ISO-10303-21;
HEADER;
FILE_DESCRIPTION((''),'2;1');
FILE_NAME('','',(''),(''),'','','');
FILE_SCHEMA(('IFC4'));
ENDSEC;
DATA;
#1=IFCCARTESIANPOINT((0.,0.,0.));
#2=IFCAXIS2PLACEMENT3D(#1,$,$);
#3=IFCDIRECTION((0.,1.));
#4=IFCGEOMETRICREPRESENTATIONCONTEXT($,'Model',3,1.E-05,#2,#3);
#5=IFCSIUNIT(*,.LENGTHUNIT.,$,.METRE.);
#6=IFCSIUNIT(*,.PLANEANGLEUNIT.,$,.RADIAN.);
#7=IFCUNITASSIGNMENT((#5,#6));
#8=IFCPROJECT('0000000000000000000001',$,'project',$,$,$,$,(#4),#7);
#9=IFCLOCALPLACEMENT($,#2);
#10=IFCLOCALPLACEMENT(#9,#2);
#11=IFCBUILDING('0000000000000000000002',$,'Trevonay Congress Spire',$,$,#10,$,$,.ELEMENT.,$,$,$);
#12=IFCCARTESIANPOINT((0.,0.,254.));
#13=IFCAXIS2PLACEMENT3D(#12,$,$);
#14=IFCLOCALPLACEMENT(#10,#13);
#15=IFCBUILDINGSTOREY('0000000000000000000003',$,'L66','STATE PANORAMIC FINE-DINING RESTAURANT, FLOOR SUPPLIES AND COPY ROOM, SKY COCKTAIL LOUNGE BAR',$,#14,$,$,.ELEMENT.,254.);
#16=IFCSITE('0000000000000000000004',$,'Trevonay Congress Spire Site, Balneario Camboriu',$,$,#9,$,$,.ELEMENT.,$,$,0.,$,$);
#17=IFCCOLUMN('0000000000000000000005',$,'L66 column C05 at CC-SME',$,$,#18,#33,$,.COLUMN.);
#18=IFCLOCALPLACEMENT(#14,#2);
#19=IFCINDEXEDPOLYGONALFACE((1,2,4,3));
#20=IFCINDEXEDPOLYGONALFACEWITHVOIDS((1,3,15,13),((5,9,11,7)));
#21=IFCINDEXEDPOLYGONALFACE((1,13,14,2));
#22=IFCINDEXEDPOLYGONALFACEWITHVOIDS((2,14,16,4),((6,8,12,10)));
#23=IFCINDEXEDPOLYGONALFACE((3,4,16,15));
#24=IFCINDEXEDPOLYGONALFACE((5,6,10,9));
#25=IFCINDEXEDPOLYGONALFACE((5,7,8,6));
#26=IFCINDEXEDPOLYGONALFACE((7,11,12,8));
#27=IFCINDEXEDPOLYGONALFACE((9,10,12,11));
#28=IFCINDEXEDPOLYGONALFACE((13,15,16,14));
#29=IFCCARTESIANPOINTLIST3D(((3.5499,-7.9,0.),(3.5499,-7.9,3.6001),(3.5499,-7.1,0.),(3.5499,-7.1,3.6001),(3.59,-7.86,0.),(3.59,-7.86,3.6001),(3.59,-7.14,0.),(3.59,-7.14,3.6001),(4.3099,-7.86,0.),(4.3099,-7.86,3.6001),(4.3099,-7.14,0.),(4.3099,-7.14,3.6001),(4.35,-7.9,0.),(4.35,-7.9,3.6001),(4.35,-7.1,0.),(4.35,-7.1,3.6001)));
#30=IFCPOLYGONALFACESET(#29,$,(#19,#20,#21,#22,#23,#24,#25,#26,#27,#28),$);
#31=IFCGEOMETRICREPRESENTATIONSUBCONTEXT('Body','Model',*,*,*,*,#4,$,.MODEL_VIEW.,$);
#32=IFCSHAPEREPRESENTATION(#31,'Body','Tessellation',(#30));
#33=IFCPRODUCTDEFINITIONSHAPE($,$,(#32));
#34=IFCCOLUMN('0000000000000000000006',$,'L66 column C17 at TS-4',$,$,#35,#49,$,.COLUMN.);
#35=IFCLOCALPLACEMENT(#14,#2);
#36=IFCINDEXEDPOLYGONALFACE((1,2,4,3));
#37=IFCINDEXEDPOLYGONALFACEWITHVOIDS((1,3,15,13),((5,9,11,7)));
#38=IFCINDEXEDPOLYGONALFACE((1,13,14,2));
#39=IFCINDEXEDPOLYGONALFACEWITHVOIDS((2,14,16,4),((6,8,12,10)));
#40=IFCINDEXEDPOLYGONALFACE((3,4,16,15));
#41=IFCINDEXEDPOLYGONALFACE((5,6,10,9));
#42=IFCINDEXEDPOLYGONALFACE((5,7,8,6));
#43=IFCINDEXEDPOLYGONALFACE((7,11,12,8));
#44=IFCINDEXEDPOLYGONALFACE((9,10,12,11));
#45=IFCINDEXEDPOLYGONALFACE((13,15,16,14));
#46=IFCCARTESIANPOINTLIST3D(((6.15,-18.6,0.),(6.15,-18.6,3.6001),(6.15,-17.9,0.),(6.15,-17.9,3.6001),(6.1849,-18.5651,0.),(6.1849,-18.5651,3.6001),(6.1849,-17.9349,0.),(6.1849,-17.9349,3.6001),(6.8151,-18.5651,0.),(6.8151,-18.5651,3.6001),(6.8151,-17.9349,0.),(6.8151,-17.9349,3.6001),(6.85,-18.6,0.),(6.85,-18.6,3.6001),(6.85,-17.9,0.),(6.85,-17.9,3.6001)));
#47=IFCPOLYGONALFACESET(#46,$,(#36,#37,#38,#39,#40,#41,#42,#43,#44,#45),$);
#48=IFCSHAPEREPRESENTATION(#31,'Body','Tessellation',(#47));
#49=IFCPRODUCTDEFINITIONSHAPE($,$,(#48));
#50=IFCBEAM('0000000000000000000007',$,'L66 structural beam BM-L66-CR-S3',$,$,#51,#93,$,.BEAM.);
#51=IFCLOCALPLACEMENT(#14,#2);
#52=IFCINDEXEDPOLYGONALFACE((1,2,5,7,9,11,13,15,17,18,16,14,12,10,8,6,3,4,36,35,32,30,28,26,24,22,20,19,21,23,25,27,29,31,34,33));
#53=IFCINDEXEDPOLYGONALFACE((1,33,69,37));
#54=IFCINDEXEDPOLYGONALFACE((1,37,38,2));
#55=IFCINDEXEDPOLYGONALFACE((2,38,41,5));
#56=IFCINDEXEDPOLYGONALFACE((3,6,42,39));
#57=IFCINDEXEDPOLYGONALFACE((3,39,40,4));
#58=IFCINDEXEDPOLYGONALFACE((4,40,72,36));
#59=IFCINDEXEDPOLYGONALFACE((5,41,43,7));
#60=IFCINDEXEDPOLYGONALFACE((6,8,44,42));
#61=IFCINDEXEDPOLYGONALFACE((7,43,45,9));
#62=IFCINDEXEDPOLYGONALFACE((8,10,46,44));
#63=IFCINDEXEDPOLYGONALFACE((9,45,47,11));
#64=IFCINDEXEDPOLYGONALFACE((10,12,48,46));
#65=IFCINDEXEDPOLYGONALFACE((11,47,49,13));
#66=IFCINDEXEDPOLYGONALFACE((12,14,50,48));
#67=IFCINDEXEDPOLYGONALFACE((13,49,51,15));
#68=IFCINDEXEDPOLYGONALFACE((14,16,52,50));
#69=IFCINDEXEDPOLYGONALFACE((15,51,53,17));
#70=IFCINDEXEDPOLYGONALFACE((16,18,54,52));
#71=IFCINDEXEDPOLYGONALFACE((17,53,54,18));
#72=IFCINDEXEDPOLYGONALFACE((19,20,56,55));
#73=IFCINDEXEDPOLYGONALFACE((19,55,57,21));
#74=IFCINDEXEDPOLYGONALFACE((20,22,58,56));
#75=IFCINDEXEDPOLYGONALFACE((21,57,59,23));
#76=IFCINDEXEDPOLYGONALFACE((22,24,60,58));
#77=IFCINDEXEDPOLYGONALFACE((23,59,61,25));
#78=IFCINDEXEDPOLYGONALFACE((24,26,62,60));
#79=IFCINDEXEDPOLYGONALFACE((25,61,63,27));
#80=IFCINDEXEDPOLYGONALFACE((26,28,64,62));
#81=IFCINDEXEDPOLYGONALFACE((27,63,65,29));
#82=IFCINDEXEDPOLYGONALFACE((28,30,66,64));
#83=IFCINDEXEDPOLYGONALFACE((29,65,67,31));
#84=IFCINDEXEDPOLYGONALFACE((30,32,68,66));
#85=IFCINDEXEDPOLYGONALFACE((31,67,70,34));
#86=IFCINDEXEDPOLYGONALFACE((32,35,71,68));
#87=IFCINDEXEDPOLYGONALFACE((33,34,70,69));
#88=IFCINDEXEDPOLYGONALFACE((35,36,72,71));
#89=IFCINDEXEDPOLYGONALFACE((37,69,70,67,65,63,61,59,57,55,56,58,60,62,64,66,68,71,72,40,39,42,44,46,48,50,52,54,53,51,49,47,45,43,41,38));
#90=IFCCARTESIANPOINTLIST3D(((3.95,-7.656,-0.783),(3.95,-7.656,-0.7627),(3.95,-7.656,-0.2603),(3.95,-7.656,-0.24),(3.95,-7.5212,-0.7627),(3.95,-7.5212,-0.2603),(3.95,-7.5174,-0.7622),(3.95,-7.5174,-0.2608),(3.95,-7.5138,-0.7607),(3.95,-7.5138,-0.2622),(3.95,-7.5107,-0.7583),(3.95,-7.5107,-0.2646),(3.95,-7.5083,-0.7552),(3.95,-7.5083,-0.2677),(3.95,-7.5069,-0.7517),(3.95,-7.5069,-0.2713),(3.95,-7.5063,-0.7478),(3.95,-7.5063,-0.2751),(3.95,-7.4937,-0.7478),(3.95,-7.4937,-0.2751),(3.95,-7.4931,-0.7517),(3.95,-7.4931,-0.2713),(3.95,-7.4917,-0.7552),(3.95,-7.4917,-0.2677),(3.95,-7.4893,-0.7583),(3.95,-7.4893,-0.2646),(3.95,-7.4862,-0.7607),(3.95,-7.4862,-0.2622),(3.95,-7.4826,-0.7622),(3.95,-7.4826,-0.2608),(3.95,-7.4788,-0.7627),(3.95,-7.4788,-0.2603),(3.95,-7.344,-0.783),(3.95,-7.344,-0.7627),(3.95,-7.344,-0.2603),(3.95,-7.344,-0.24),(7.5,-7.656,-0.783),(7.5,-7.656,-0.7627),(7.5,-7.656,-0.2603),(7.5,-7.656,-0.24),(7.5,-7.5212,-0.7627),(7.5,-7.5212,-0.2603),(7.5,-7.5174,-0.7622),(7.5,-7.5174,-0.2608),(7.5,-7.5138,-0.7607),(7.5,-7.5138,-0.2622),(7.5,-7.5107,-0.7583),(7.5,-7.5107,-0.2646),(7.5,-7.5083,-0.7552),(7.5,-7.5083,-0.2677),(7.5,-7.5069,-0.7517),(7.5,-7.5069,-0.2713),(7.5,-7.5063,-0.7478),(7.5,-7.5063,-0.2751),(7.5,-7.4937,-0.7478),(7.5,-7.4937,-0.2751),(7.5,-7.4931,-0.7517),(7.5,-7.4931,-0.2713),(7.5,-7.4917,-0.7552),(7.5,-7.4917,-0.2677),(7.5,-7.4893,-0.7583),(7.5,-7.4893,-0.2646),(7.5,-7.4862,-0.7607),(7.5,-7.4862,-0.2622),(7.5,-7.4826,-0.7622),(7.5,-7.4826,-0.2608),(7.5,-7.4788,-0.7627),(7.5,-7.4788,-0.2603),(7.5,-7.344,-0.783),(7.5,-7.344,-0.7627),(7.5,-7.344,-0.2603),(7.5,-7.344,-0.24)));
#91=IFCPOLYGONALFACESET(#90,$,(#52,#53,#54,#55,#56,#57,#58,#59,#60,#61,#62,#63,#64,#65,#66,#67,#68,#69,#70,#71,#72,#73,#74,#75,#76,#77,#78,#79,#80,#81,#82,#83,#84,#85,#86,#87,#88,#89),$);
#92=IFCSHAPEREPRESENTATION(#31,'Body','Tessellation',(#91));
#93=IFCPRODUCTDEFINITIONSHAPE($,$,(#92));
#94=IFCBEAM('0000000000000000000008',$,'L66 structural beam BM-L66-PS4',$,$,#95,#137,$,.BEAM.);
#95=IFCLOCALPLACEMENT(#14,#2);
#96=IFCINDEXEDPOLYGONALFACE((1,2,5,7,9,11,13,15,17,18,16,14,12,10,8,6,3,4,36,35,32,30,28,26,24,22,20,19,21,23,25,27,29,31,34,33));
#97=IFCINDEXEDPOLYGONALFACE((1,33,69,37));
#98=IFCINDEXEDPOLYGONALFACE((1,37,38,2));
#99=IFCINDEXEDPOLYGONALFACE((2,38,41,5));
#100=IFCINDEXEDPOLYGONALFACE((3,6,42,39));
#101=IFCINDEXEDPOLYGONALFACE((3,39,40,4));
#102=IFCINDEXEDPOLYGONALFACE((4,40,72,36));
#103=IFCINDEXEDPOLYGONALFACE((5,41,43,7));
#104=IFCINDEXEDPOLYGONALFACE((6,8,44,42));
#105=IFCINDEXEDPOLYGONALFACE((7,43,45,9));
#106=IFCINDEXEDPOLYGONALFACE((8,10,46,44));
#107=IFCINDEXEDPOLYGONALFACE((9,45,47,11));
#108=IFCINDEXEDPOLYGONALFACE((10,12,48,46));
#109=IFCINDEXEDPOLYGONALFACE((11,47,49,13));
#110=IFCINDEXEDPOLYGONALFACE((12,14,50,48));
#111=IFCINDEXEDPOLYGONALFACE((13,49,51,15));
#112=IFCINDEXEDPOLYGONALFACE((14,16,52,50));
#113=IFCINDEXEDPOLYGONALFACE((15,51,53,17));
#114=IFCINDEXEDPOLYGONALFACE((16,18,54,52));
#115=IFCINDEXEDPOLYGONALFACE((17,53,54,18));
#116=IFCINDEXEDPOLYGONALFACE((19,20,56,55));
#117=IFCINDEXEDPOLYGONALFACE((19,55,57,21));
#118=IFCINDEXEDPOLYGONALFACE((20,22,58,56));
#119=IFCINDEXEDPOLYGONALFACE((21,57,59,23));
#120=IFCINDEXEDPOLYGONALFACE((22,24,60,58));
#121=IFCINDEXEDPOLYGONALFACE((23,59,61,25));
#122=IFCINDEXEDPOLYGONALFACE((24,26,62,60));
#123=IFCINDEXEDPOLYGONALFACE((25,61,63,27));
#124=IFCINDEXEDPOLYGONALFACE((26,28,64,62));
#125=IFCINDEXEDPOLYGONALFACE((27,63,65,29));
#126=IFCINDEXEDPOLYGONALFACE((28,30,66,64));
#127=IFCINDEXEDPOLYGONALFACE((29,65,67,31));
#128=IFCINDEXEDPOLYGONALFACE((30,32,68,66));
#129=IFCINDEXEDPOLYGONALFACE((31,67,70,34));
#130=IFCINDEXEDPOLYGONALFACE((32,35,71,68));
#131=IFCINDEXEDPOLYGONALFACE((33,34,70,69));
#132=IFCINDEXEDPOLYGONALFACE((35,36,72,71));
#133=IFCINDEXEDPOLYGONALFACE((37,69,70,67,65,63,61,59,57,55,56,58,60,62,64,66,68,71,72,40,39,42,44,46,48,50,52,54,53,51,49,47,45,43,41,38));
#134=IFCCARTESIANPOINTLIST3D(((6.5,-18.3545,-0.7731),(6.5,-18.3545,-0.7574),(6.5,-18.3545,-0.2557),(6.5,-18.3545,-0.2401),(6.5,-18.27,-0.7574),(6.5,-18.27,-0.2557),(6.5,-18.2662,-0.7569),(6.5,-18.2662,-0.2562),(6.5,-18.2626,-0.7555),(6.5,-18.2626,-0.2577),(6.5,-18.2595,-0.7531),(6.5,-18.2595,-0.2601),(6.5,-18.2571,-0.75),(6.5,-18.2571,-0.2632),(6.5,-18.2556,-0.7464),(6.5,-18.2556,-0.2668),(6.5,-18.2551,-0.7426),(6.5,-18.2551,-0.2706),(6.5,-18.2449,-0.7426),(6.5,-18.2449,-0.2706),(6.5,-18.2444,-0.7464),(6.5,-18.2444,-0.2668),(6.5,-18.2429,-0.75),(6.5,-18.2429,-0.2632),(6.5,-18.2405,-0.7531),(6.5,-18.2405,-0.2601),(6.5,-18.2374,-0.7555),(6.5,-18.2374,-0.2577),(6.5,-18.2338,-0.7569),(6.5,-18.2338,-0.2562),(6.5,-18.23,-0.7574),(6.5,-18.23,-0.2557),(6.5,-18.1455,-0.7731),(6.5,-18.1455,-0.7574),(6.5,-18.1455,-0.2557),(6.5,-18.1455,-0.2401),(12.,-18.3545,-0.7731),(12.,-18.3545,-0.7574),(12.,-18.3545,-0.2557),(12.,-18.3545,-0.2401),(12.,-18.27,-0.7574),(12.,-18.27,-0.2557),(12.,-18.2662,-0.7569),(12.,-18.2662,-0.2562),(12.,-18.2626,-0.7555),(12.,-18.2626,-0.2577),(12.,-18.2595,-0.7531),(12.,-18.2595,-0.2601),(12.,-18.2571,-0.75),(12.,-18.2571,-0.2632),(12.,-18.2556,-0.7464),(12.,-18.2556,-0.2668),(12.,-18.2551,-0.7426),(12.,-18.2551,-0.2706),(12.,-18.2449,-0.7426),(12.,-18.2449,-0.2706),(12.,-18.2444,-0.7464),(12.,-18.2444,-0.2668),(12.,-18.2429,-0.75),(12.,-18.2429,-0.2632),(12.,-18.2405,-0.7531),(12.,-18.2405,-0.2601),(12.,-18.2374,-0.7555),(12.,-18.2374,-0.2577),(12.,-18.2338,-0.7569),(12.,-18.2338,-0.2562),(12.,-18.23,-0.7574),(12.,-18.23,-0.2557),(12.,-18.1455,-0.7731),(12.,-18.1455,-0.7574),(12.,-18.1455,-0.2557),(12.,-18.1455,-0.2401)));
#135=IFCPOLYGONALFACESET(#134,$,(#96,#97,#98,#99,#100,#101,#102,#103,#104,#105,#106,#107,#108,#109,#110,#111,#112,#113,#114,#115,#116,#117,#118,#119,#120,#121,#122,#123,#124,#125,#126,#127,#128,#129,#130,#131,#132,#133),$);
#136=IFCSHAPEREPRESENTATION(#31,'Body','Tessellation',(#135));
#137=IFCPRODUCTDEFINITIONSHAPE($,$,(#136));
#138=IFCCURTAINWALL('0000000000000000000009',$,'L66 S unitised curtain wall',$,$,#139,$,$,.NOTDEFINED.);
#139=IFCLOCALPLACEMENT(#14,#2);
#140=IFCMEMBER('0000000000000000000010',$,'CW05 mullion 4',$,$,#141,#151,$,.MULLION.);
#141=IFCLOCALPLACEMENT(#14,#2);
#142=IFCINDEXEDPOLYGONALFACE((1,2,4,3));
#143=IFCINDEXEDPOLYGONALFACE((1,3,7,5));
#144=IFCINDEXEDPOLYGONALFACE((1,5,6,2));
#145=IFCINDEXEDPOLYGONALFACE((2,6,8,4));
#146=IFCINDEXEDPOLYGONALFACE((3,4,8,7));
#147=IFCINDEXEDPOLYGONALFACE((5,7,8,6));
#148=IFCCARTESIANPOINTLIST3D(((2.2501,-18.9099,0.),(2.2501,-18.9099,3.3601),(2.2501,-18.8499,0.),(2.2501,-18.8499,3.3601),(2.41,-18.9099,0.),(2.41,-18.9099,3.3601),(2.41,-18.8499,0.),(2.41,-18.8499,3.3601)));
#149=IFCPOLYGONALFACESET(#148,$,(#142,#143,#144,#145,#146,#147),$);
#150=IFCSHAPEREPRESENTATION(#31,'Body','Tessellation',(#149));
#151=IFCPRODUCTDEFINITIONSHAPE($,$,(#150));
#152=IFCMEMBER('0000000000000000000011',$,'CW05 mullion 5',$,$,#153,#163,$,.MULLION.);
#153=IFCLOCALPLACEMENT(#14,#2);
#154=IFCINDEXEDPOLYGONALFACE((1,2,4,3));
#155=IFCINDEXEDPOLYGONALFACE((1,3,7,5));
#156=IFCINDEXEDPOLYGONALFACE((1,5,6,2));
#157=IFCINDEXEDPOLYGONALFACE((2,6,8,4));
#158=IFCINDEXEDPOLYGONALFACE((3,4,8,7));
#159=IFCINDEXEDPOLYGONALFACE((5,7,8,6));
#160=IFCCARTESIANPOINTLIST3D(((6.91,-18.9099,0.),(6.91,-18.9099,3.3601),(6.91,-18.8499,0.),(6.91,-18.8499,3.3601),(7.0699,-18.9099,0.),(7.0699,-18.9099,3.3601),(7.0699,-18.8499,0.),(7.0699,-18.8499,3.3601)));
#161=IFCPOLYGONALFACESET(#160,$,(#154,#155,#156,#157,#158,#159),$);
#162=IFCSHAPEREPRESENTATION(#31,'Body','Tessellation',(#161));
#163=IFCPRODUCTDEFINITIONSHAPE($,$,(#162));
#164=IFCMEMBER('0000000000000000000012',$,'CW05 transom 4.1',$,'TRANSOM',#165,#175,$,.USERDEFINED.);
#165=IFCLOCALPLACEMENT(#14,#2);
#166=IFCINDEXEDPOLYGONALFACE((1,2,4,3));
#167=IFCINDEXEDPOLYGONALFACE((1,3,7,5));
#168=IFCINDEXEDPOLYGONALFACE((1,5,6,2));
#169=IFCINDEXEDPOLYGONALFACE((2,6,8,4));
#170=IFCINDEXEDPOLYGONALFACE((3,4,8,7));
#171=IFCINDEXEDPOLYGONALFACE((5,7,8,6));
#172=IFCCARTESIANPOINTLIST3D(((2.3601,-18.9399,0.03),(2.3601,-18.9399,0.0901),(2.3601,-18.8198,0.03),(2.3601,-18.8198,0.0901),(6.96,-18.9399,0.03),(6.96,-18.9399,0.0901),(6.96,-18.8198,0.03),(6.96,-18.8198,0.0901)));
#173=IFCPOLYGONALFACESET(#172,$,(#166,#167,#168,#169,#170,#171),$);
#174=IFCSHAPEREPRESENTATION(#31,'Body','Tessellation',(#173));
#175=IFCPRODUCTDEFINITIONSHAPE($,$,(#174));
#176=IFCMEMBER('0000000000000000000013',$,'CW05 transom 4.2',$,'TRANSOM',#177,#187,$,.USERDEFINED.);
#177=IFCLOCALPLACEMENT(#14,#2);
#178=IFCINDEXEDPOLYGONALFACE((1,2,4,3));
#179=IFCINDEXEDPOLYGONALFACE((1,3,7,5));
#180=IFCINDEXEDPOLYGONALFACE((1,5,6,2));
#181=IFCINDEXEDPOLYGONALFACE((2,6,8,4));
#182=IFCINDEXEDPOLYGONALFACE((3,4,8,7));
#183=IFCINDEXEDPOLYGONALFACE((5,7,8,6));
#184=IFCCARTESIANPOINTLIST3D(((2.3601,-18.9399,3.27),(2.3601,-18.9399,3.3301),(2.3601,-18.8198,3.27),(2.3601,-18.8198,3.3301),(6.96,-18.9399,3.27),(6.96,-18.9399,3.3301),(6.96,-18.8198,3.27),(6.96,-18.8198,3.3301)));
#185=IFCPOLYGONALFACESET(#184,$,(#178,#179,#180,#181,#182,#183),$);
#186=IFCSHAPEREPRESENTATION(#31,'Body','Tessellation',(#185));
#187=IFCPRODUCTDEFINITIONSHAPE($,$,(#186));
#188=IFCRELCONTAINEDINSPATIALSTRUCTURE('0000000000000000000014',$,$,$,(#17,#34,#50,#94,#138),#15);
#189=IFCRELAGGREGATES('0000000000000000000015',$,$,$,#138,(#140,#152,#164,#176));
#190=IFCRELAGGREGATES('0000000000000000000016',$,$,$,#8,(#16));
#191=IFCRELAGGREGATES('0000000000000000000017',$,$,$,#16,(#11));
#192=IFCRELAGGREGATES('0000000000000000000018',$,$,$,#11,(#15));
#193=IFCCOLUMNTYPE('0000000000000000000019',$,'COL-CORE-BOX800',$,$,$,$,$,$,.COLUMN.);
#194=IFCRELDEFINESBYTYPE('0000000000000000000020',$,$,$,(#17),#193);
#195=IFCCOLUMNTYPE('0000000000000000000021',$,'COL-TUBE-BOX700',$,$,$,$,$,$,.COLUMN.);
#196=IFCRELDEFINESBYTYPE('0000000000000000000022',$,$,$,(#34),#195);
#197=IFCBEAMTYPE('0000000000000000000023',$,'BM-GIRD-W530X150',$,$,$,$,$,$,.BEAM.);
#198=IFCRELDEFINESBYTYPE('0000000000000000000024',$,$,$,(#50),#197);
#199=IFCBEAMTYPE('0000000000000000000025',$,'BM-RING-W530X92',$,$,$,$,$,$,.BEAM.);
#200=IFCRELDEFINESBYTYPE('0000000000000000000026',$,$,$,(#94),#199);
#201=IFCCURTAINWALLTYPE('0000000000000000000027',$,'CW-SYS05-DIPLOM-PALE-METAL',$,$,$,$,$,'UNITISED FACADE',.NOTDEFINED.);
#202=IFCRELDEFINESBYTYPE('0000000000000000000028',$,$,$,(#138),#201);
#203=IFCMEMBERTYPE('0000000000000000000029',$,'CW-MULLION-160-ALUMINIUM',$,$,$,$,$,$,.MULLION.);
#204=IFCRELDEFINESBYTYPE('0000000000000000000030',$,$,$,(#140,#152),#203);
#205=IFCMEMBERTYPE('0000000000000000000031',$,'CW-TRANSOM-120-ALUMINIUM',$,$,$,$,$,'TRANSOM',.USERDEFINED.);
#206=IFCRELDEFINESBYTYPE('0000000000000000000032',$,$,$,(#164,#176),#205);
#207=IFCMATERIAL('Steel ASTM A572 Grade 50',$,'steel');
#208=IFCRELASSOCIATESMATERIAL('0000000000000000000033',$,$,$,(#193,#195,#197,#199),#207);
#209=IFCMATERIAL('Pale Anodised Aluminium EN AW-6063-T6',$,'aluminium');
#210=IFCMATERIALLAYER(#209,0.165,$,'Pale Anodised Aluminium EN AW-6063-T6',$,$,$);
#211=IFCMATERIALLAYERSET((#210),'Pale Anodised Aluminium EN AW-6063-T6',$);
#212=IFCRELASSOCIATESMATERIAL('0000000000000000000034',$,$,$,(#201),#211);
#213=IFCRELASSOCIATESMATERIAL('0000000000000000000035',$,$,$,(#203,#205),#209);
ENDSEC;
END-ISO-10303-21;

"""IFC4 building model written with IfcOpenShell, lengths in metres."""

from ifc_helpers import new_model, si_unit, direction, frame, origin, origin_2d, place, context, subcontext, project, spatial, rectangle, hollow_rectangle, i_section, extrude, material, layer, layer_set, material_profile, profile_set, type_object, element, aggregate, save


model = new_model("IFC4")

# Units and contexts
model_context = context("Model", 3, precision=1e-05, world=origin(), true_north=direction((0.0, 1.0)))
body_context = subcontext(model_context, "Body", "Model", "MODEL_VIEW")
ifc_project = project(units=[si_unit("LENGTHUNIT", "METRE"), si_unit("PLANEANGLEUNIT", "RADIAN")], contexts=[model_context])

# Site, building, storey
site_placement = place(None, origin())
site = spatial("IfcSite", under=ifc_project, at=site_placement, Name="Trevonay Congress Spire Site, Balneario Camboriu", CompositionType="ELEMENT", RefElevation=0.0)
building_placement = place(site_placement, origin())
building = spatial("IfcBuilding", under=site, at=building_placement, Name="Trevonay Congress Spire", CompositionType="ELEMENT")
storey_placement = place(building_placement, frame((0.0, 0.0, 254.0)))
storey = spatial("IfcBuildingStorey", under=building, at=storey_placement, Name="L66", Description="STATE PANORAMIC FINE-DINING RESTAURANT, FLOOR SUPPLIES AND COPY ROOM, SKY COCKTAIL LOUNGE BAR", CompositionType="ELEMENT", Elevation=254.0)

# Columns
ifc_material_1 = material(Name="Steel ASTM A572 Grade 50", Category="steel")
ifc_material_profile_1 = material_profile(ifc_material_1, hollow_rectangle(XDim=0.8, YDim=0.8, WallThickness=0.04, at=origin_2d()), Name="BOX 800x800x40")
ifc_profile_set_1 = profile_set([ifc_material_profile_1], Name="Steel ASTM A572 Grade 50")
column_type_1 = type_object("IfcColumnType", Name="COL-CORE-BOX800", PredefinedType="COLUMN", material=ifc_profile_set_1)
column_1_placement = place(storey_placement, frame((3.95, -7.5, 0.0), z_axis=(0.0, 0.0, 1.0), x_axis=(1.0, 0.0, 0.0)))
element("IfcColumn", 1, at=column_1_placement, inside=storey, type_object=column_type_1, Name="L66 column C05 at CC-SME", PredefinedType="COLUMN", context=body_context, shape_type="SweptSolid", body=[
    extrude(hollow_rectangle(XDim=0.8, YDim=0.8, WallThickness=0.04, at=origin_2d()), origin(), (0.0, 0.0, 1.0), 3.6001),
])
ifc_material_profile_2 = material_profile(ifc_material_1, hollow_rectangle(XDim=0.7, YDim=0.7, WallThickness=0.0349, at=origin_2d()), Name="BOX 700x700x35")
ifc_profile_set_2 = profile_set([ifc_material_profile_2], Name="Steel ASTM A572 Grade 50")
column_type_2 = type_object("IfcColumnType", Name="COL-TUBE-BOX700", PredefinedType="COLUMN", material=ifc_profile_set_2)
column_2_placement = place(storey_placement, frame((6.5, -18.25, 0.0), z_axis=(0.0, 0.0, 1.0), x_axis=(1.0, 0.0, 0.0)))
element("IfcColumn", 2, at=column_2_placement, inside=storey, type_object=column_type_2, Name="L66 column C17 at TS-4", PredefinedType="COLUMN", context=body_context, shape_type="SweptSolid", body=[
    extrude(hollow_rectangle(XDim=0.7, YDim=0.7, WallThickness=0.0349, at=origin_2d()), origin(), (0.0, 0.0, 1.0), 3.6001),
])

# Beams
ifc_material_profile_3 = material_profile(ifc_material_1, i_section(OverallWidth=0.312, OverallDepth=0.543, WebThickness=0.0127, FlangeThickness=0.0203, FilletRadius=0.0149, at=origin_2d()), Name="W530x150")
ifc_profile_set_3 = profile_set([ifc_material_profile_3], Name="Steel ASTM A572 Grade 50")
beam_type_1 = type_object("IfcBeamType", Name="BM-GIRD-W530X150", PredefinedType="BEAM", material=ifc_profile_set_3)
beam_1_placement = place(storey_placement, frame((3.95, -7.5, -0.5115), z_axis=(1.0, 0.0, 0.0), x_axis=(0.0, 1.0, 0.0)))
element("IfcBeam", 3, at=beam_1_placement, inside=storey, type_object=beam_type_1, Name="L66 structural beam BM-L66-CR-S3", PredefinedType="BEAM", context=body_context, shape_type="SweptSolid", body=[
    extrude(i_section(OverallWidth=0.312, OverallDepth=0.543, WebThickness=0.0127, FlangeThickness=0.0203, FilletRadius=0.0149, at=origin_2d()), origin(), (0.0, 0.0, 1.0), 3.55),
])
ifc_material_profile_4 = material_profile(ifc_material_1, i_section(OverallWidth=0.209, OverallDepth=0.533, WebThickness=0.0103, FlangeThickness=0.0156, FilletRadius=0.0149, at=origin_2d()), Name="W530x92")
ifc_profile_set_4 = profile_set([ifc_material_profile_4], Name="Steel ASTM A572 Grade 50")
beam_type_2 = type_object("IfcBeamType", Name="BM-RING-W530X92", PredefinedType="BEAM", material=ifc_profile_set_4)
beam_2_placement = place(storey_placement, frame((6.5, -18.25, -0.5066), z_axis=(1.0, 0.0, 0.0), x_axis=(0.0, 1.0, 0.0)))
element("IfcBeam", 4, at=beam_2_placement, inside=storey, type_object=beam_type_2, Name="L66 structural beam BM-L66-PS4", PredefinedType="BEAM", context=body_context, shape_type="SweptSolid", body=[
    extrude(i_section(OverallWidth=0.209, OverallDepth=0.533, WebThickness=0.0103, FlangeThickness=0.0156, FilletRadius=0.0149, at=origin_2d()), origin(), (0.0, 0.0, 1.0), 5.5),
])

# Curtain wall, members
ifc_material_2 = material(Name="Pale Anodised Aluminium EN AW-6063-T6", Category="aluminium")
ifc_layer_1 = layer(ifc_material_2, 0.165, Name="Pale Anodised Aluminium EN AW-6063-T6")
ifc_layer_set_1 = layer_set([ifc_layer_1], Name="Pale Anodised Aluminium EN AW-6063-T6")
curtain_wall_type = type_object("IfcCurtainWallType", Name="CW-SYS05-DIPLOM-PALE-METAL", ElementType="UNITISED FACADE", PredefinedType="NOTDEFINED", material=ifc_layer_set_1)
curtain_wall_placement = place(storey_placement, origin())
curtain_wall = element("IfcCurtainWall", 5, at=curtain_wall_placement, inside=storey, type_object=curtain_wall_type, Name="L66 S unitised curtain wall", PredefinedType="NOTDEFINED")
ifc_material_profile_5 = material_profile(ifc_material_2, rectangle(XDim=0.0601, YDim=0.1599, at=origin_2d()), Name="CW-MULLION-160-ALUMINIUM")
ifc_profile_set_5 = profile_set([ifc_material_profile_5], Name="Pale Anodised Aluminium EN AW-6063-T6")
member_type_1 = type_object("IfcMemberType", Name="CW-MULLION-160-ALUMINIUM", PredefinedType="MULLION", material=ifc_profile_set_5)
member_1_placement = place(storey_placement, frame((2.3301, -18.8799, 0.0), z_axis=(0.0, 0.0, 1.0), x_axis=(0.0, 1.0, 0.0)))
member_1 = element("IfcMember", 6, at=member_1_placement, type_object=member_type_1, Name="CW05 mullion 4", PredefinedType="MULLION", context=body_context, shape_type="SweptSolid", body=[
    extrude(rectangle(XDim=0.0601, YDim=0.1599, at=origin_2d()), origin(), (0.0, 0.0, 1.0), 3.3601),
])
member_2_placement = place(storey_placement, frame((6.99, -18.8799, 0.0), z_axis=(0.0, 0.0, 1.0), x_axis=(0.0, 1.0, 0.0)))
member_2 = element("IfcMember", 7, at=member_2_placement, type_object=member_type_1, Name="CW05 mullion 5", PredefinedType="MULLION", context=body_context, shape_type="SweptSolid", body=[
    extrude(rectangle(XDim=0.0601, YDim=0.1599, at=origin_2d()), origin(), (0.0, 0.0, 1.0), 3.3601),
])
ifc_material_profile_6 = material_profile(ifc_material_2, rectangle(XDim=0.1201, YDim=0.0601, at=origin_2d()), Name="CW-TRANSOM-120-ALUMINIUM")
ifc_profile_set_6 = profile_set([ifc_material_profile_6], Name="Pale Anodised Aluminium EN AW-6063-T6")
member_type_2 = type_object("IfcMemberType", Name="CW-TRANSOM-120-ALUMINIUM", ElementType="TRANSOM", PredefinedType="USERDEFINED", material=ifc_profile_set_6)
member_3_placement = place(storey_placement, frame((2.3601, -18.8799, 0.0601), z_axis=(1.0, 0.0, 0.0), x_axis=(0.0, 1.0, 0.0)))
member_3 = element("IfcMember", 8, at=member_3_placement, type_object=member_type_2, Name="CW05 transom 4.1", ObjectType="TRANSOM", PredefinedType="USERDEFINED", context=body_context, shape_type="SweptSolid", body=[
    extrude(rectangle(XDim=0.1201, YDim=0.0601, at=origin_2d()), origin(), (0.0, 0.0, 1.0), 4.5999),
])
member_4_placement = place(storey_placement, frame((2.3601, -18.8799, 3.3), z_axis=(1.0, 0.0, 0.0), x_axis=(0.0, 1.0, 0.0)))
member_4 = element("IfcMember", 9, at=member_4_placement, type_object=member_type_2, Name="CW05 transom 4.2", ObjectType="TRANSOM", PredefinedType="USERDEFINED", context=body_context, shape_type="SweptSolid", body=[
    extrude(rectangle(XDim=0.1201, YDim=0.0601, at=origin_2d()), origin(), (0.0, 0.0, 1.0), 4.5999),
])

aggregate(curtain_wall, [member_1, member_2, member_3, member_4])

save(model, "model.ifc")
